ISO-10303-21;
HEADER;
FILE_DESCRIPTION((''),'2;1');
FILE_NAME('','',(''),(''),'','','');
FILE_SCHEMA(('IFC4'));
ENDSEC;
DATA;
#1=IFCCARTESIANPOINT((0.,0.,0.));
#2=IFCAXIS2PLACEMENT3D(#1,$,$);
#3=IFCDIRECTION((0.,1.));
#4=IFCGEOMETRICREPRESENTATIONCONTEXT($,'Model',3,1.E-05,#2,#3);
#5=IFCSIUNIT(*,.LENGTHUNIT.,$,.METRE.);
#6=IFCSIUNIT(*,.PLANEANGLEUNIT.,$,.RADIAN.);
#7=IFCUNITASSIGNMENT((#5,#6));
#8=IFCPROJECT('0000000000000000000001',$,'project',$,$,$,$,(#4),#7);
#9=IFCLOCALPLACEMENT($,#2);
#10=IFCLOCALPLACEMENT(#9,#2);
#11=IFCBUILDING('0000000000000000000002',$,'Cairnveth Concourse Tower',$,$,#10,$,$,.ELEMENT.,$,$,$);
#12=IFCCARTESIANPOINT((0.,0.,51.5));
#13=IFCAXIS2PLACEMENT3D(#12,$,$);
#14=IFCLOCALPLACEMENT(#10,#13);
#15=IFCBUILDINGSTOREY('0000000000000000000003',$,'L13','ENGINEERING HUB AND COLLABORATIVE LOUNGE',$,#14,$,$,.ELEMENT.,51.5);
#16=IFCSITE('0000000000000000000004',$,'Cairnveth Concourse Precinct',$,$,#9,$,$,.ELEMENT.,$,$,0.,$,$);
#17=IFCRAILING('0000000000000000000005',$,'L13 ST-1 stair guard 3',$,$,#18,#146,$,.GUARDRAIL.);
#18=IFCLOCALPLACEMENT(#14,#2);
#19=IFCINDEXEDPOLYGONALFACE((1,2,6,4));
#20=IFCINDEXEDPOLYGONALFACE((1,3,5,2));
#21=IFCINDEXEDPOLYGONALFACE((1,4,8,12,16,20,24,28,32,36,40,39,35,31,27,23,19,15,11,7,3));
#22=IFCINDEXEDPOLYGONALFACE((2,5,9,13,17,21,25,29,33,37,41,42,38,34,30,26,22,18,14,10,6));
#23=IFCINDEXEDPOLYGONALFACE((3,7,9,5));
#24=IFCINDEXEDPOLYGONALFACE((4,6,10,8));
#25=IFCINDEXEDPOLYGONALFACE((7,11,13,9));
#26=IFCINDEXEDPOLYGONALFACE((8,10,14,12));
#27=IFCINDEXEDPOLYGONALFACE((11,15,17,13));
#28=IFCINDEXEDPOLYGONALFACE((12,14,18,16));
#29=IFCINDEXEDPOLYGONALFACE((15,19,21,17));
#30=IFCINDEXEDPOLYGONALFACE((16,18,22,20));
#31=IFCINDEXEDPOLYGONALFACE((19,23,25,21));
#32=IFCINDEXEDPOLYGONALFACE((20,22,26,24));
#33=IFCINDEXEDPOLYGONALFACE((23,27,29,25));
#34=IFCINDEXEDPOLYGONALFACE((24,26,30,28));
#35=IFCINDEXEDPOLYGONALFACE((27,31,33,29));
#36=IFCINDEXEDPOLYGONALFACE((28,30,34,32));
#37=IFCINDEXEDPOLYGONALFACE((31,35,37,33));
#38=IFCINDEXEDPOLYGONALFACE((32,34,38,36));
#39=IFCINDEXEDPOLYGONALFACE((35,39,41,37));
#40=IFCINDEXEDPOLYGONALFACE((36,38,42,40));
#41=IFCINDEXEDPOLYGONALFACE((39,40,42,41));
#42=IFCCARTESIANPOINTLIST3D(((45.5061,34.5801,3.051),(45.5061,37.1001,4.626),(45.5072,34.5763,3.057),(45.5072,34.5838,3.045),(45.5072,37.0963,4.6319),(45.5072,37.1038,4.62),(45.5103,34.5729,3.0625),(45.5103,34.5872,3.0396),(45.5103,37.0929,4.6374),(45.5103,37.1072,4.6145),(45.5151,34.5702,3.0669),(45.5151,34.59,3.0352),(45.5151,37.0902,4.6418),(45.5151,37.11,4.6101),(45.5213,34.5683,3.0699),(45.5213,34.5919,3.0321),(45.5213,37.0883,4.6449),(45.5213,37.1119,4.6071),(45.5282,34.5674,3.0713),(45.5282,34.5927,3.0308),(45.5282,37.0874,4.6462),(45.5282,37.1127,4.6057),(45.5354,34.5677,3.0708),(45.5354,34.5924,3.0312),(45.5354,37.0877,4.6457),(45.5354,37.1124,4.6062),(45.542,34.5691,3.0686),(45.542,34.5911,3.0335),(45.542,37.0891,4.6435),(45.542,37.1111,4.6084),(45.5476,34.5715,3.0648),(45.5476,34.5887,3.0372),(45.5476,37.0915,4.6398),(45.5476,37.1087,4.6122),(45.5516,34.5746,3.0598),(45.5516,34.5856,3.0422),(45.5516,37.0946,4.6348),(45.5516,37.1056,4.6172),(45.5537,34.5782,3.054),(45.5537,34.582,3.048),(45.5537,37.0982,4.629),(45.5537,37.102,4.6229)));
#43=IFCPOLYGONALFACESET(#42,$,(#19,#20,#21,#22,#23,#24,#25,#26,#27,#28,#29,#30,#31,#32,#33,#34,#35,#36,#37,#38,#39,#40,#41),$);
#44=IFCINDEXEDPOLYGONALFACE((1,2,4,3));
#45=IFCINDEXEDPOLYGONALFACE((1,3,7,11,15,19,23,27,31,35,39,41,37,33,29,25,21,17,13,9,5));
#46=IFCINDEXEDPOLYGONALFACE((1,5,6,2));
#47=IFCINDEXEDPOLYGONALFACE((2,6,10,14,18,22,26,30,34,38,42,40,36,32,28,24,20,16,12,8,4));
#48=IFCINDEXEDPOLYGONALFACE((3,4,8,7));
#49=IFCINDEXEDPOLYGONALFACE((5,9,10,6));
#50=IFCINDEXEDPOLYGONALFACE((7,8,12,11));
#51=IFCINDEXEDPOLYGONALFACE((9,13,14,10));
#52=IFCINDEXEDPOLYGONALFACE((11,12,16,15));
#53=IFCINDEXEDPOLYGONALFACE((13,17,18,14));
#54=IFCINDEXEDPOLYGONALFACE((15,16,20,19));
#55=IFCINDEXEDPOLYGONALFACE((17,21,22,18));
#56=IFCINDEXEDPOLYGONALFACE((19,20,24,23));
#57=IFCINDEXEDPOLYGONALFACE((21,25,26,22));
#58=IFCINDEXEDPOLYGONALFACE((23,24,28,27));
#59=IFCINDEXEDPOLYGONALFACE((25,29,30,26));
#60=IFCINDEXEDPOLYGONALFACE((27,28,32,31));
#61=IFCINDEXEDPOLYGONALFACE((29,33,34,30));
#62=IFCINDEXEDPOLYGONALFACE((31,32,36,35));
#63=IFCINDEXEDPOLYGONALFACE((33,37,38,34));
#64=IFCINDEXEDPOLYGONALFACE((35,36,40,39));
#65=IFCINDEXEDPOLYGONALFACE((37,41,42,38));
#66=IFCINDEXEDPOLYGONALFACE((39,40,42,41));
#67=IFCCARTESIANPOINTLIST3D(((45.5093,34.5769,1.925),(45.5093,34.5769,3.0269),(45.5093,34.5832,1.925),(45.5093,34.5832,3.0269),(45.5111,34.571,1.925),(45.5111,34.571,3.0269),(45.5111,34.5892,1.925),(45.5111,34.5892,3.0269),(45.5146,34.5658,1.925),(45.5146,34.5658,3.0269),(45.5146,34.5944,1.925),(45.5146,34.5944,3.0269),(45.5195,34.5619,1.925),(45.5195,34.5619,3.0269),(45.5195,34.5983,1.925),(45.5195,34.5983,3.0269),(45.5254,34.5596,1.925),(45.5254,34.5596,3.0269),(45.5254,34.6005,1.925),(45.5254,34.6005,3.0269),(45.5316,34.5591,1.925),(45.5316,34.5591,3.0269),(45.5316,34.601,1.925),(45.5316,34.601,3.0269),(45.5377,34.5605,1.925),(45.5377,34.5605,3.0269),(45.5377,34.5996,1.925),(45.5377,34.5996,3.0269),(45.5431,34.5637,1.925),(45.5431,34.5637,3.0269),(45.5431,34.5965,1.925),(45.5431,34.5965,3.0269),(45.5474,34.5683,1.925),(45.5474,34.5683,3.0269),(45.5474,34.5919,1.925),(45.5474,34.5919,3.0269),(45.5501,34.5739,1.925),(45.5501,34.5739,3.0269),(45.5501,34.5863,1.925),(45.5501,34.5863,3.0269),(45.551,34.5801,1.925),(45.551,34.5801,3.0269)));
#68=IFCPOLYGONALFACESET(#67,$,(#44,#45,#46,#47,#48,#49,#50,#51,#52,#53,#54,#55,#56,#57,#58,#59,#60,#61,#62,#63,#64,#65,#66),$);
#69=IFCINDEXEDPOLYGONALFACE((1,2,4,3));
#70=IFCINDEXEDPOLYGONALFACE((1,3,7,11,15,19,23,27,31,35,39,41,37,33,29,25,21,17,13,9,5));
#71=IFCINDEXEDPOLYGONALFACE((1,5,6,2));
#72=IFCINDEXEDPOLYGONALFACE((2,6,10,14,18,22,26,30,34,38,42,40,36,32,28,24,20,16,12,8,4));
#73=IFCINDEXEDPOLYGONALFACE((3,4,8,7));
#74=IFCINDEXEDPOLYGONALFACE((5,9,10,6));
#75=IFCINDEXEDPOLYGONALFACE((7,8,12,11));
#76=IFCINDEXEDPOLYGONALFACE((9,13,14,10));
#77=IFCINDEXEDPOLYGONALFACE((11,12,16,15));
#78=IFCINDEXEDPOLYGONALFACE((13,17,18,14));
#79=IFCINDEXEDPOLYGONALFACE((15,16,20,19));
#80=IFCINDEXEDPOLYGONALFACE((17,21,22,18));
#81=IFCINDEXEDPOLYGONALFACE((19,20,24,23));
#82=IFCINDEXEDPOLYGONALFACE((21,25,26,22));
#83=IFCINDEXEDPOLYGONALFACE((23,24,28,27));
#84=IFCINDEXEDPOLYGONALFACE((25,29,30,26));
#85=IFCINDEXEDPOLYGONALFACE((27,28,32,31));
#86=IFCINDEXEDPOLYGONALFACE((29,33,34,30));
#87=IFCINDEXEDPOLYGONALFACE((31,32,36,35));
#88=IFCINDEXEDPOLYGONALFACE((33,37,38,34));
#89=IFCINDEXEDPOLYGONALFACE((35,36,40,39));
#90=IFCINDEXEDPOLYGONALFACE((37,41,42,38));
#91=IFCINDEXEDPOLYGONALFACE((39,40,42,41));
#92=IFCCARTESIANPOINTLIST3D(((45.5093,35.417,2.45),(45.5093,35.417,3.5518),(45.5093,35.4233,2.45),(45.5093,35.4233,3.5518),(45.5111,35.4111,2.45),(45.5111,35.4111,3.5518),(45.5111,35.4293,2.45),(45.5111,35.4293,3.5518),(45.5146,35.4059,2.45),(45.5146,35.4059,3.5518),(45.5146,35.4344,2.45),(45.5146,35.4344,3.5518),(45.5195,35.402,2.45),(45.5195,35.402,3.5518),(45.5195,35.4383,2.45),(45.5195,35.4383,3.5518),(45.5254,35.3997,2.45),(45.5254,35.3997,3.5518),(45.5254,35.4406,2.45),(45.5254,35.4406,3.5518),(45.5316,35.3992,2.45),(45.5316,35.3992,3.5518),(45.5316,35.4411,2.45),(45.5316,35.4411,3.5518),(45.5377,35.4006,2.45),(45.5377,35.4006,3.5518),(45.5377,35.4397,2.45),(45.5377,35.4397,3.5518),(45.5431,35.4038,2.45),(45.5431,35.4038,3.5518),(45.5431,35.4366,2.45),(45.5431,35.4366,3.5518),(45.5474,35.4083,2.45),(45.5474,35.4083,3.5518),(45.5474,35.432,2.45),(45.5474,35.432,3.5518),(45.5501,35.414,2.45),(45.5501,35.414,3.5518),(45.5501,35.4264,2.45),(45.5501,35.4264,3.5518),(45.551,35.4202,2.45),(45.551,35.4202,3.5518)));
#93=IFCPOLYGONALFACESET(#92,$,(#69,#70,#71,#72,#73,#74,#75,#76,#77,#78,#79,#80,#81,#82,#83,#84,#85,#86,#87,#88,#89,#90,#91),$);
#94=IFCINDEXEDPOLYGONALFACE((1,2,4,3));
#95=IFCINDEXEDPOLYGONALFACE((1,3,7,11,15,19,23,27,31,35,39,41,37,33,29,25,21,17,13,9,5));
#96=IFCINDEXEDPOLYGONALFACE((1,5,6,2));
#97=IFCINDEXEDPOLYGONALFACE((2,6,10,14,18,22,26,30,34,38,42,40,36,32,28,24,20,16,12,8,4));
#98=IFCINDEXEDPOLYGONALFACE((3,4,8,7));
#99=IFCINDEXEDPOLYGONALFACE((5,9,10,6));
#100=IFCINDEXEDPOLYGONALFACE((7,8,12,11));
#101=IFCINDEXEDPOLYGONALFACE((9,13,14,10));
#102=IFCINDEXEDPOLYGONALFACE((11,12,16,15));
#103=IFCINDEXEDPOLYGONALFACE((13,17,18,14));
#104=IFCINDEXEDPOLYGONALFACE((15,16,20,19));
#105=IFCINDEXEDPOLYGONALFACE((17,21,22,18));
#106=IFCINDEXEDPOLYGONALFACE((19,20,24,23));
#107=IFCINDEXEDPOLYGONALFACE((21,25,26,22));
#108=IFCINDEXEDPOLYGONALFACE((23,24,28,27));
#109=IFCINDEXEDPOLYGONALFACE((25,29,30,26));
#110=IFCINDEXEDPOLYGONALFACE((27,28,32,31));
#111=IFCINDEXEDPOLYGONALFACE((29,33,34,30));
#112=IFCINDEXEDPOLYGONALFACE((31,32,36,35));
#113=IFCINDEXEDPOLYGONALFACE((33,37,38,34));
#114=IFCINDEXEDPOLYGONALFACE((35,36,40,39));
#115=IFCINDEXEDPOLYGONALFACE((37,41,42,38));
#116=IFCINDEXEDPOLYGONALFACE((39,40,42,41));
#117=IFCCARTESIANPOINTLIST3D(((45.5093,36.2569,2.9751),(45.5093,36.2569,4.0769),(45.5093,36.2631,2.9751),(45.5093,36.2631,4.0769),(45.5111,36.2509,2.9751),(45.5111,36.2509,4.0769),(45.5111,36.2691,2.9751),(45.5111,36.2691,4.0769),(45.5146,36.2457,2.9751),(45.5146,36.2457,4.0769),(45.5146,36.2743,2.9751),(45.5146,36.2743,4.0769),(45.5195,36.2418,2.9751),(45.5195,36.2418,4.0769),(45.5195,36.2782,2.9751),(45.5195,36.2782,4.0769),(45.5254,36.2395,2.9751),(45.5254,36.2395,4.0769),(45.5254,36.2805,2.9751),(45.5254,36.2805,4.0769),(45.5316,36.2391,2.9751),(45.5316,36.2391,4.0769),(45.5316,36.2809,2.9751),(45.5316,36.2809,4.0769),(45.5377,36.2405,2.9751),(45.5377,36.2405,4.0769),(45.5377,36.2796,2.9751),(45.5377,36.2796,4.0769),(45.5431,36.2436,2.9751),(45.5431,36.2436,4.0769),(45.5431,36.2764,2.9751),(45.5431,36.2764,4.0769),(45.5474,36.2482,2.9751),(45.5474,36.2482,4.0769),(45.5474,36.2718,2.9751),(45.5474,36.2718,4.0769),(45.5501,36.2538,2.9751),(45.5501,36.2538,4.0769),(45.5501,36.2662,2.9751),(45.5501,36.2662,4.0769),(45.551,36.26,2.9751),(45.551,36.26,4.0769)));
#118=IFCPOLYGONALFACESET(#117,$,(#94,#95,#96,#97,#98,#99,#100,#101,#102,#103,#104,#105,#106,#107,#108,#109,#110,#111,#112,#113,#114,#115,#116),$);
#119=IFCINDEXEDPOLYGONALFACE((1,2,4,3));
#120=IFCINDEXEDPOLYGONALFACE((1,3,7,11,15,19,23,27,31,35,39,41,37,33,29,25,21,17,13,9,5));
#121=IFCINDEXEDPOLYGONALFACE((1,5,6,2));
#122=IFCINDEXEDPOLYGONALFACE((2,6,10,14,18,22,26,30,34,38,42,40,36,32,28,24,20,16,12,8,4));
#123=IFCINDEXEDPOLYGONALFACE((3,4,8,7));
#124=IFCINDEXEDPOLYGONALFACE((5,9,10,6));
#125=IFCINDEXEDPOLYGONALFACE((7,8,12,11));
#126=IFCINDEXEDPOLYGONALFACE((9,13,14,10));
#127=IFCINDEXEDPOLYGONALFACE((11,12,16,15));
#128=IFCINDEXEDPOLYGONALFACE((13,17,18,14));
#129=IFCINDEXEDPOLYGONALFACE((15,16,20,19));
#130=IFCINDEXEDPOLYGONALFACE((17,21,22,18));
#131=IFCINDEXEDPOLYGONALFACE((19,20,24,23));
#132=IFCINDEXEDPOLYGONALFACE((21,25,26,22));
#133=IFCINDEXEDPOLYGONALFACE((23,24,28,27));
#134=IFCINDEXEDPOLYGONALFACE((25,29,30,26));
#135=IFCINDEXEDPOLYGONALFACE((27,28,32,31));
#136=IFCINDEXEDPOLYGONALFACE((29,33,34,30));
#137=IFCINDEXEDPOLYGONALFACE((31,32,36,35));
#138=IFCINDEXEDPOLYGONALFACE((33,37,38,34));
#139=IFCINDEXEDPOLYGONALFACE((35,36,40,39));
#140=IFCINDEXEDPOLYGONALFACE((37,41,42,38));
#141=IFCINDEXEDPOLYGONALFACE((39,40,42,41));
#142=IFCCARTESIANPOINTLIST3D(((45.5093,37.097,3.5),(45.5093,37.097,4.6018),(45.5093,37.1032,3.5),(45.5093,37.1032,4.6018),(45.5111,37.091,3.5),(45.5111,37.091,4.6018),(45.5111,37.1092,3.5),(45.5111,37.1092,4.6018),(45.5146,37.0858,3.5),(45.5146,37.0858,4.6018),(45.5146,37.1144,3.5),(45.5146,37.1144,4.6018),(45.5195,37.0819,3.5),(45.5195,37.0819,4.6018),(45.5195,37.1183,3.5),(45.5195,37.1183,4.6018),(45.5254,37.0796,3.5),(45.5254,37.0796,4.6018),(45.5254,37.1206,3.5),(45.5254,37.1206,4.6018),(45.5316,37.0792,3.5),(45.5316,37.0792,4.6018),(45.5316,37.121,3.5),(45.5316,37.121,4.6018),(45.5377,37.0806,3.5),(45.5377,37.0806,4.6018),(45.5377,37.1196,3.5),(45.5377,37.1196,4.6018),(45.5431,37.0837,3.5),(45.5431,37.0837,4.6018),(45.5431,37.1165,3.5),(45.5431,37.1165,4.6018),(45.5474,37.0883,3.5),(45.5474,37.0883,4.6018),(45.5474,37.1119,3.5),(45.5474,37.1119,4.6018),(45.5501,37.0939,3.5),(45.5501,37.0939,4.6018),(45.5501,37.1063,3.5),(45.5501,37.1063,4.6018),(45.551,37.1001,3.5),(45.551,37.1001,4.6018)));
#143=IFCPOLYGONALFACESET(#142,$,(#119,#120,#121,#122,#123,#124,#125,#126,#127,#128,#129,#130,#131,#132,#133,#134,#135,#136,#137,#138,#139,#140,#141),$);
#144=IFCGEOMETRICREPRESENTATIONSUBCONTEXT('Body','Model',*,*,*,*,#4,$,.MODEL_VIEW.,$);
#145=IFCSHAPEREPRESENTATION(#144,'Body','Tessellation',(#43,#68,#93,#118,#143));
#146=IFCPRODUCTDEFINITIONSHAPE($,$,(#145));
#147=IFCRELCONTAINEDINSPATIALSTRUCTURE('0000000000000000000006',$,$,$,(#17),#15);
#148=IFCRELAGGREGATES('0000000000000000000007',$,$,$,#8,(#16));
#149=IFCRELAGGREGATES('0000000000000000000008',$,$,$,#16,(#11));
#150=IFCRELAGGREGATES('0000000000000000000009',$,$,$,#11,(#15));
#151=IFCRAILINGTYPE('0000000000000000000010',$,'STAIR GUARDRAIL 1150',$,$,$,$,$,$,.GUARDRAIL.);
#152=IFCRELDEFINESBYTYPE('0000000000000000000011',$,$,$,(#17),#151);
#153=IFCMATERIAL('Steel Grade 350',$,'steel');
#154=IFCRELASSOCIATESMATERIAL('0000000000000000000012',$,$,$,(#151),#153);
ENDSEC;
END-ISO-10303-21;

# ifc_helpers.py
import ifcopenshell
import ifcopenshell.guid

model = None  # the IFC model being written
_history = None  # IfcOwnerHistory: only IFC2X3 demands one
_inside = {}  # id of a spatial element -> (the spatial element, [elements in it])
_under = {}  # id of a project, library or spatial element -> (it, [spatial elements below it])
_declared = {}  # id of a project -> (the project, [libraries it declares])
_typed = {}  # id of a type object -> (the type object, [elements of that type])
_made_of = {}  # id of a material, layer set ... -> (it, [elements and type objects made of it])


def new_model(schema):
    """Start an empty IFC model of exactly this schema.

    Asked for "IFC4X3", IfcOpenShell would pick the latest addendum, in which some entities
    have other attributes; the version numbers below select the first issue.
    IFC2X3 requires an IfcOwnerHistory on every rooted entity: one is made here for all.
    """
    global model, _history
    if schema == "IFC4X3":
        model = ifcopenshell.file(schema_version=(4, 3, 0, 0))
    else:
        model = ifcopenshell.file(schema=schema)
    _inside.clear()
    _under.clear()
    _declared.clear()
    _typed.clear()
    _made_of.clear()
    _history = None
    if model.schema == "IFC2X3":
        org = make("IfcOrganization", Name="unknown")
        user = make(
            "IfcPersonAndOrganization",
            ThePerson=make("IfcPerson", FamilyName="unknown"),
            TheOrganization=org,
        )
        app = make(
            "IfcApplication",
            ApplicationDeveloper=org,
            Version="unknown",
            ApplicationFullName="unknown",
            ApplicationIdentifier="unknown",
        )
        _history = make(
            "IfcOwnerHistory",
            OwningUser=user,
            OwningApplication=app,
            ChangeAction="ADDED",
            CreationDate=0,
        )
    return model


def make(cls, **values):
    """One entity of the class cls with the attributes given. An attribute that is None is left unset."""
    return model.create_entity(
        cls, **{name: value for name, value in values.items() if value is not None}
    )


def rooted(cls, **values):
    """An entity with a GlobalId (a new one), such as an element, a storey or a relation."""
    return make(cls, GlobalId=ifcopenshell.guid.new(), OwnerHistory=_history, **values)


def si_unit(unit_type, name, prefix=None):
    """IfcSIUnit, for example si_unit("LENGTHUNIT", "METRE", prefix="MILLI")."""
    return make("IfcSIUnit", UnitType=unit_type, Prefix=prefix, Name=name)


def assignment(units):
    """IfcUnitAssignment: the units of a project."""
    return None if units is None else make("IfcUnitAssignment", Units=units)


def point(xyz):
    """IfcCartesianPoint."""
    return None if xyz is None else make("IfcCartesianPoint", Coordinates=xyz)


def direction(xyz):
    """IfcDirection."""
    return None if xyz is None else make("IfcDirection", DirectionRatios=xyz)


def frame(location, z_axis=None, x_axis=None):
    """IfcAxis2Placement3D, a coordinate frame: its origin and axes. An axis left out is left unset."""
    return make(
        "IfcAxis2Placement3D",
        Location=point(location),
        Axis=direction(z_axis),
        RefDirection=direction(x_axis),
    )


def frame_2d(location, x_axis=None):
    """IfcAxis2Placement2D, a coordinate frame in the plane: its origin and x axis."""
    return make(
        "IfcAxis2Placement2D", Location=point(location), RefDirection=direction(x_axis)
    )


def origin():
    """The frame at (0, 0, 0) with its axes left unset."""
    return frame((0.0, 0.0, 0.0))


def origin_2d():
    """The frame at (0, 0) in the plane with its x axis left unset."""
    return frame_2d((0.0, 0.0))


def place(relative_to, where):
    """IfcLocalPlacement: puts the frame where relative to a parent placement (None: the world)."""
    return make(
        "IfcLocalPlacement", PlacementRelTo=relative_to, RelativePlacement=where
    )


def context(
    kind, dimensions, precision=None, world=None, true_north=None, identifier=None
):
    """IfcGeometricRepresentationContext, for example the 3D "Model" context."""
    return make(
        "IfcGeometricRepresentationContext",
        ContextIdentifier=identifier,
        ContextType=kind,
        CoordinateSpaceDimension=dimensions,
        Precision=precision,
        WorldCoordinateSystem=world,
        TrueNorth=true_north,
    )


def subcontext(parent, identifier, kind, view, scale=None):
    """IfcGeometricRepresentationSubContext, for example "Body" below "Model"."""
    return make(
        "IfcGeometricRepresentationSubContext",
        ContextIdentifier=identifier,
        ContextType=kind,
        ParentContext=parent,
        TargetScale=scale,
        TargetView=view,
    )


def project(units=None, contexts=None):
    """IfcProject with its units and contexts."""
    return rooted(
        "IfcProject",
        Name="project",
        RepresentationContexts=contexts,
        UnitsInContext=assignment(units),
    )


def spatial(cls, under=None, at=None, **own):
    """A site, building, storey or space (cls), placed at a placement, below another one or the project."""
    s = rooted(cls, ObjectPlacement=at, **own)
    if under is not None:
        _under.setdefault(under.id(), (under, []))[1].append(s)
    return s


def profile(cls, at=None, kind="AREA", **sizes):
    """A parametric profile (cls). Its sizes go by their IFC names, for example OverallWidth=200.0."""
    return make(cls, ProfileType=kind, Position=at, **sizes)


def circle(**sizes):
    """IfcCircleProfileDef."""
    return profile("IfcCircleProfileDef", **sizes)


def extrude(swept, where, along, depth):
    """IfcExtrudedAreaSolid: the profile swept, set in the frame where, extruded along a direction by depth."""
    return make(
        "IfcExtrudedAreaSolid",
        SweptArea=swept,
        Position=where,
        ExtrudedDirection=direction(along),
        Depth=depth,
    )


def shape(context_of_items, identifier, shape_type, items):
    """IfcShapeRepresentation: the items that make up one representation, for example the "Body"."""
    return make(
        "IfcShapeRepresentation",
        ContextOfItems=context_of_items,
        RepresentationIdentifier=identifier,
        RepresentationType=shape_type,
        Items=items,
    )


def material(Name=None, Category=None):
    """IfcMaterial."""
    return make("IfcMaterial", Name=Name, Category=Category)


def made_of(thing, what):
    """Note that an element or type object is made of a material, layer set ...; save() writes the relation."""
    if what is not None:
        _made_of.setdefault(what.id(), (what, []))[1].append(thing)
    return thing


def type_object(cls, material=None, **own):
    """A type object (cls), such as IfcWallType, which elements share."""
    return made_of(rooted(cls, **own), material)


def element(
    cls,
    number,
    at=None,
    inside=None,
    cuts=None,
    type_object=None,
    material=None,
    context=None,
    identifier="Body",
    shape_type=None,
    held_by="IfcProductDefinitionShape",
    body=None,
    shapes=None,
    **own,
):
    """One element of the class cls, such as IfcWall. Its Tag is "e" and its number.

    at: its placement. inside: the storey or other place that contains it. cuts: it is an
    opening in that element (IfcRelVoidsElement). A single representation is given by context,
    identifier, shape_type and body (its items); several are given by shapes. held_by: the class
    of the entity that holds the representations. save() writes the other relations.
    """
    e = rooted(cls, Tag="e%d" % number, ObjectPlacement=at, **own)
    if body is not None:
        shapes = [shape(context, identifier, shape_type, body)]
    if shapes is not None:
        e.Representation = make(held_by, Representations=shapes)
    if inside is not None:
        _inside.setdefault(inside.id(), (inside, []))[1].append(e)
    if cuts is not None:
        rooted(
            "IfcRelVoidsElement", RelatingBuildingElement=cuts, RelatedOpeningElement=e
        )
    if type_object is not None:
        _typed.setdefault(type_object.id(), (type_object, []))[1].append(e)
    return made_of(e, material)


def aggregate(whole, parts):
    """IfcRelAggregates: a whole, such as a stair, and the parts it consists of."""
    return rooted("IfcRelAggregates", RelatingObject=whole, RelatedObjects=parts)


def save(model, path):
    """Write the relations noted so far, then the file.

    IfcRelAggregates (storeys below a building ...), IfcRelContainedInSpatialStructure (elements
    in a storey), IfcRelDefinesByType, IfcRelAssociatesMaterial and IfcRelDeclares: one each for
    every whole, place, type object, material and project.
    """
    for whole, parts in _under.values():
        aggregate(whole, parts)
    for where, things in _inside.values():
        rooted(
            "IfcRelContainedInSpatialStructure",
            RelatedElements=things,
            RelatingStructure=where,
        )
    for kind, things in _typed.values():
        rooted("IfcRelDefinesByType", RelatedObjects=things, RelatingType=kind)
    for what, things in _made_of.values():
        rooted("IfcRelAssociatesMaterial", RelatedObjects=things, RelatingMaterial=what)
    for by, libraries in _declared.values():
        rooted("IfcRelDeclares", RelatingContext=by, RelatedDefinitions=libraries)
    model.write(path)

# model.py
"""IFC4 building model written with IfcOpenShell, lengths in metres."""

from ifc_helpers import new_model, si_unit, direction, frame, origin, origin_2d, place, context, subcontext, project, spatial, circle, extrude, material, type_object, element, save


model = new_model("IFC4")

# Units and contexts
model_context = context("Model", 3, precision=1e-05, world=origin(), true_north=direction((0.0, 1.0)))
body_context = subcontext(model_context, "Body", "Model", "MODEL_VIEW")
ifc_project = project(units=[si_unit("LENGTHUNIT", "METRE"), si_unit("PLANEANGLEUNIT", "RADIAN")], contexts=[model_context])

# Site, building, storey
site_placement = place(None, origin())
site = spatial("IfcSite", under=ifc_project, at=site_placement, Name="Cairnveth Concourse Precinct", CompositionType="ELEMENT", RefElevation=0.0)
building_placement = place(site_placement, origin())
building = spatial("IfcBuilding", under=site, at=building_placement, Name="Cairnveth Concourse Tower", CompositionType="ELEMENT")
storey_placement = place(building_placement, frame((0.0, 0.0, 51.5)))
storey = spatial("IfcBuildingStorey", under=building, at=storey_placement, Name="L13", Description="ENGINEERING HUB AND COLLABORATIVE LOUNGE", CompositionType="ELEMENT", Elevation=51.5)

# Railing
ifc_material_1 = material(Name="Steel Grade 350", Category="steel")
railing_type_1 = type_object("IfcRailingType", Name="STAIR GUARDRAIL 1150", PredefinedType="GUARDRAIL", material=ifc_material_1)
railing_1_placement = place(storey_placement, frame((45.53, 34.5801, 1.925)))
element("IfcRailing", 1, at=railing_1_placement, inside=storey, type_object=railing_type_1, Name="L13 ST-1 stair guard 3", PredefinedType="GUARDRAIL", context=body_context, shape_type="SweptSolid", body=[
    extrude(circle(Radius=0.0239, at=origin_2d()), frame((0.0, 0.0, 1.126), z_axis=(0.0, 0.848008, 0.529984), x_axis=(-1.0, 0.0, 0.0)), (0.0, 0.0, 1.0), 2.9717),
    extrude(circle(Radius=0.021, at=origin_2d()), origin(), (0.0, 0.0, 1.0), 1.1018),
    extrude(circle(Radius=0.021, at=origin_2d()), frame((0.0, 0.8401, 0.5249)), (0.0, 0.0, 1.0), 1.1018),
    extrude(circle(Radius=0.021, at=origin_2d()), frame((0.0, 1.6799, 1.05)), (0.0, 0.0, 1.0), 1.1018),
    extrude(circle(Radius=0.021, at=origin_2d()), frame((0.0, 2.52, 1.575)), (0.0, 0.0, 1.0), 1.1018),
])

save(model, "model.ifc")
